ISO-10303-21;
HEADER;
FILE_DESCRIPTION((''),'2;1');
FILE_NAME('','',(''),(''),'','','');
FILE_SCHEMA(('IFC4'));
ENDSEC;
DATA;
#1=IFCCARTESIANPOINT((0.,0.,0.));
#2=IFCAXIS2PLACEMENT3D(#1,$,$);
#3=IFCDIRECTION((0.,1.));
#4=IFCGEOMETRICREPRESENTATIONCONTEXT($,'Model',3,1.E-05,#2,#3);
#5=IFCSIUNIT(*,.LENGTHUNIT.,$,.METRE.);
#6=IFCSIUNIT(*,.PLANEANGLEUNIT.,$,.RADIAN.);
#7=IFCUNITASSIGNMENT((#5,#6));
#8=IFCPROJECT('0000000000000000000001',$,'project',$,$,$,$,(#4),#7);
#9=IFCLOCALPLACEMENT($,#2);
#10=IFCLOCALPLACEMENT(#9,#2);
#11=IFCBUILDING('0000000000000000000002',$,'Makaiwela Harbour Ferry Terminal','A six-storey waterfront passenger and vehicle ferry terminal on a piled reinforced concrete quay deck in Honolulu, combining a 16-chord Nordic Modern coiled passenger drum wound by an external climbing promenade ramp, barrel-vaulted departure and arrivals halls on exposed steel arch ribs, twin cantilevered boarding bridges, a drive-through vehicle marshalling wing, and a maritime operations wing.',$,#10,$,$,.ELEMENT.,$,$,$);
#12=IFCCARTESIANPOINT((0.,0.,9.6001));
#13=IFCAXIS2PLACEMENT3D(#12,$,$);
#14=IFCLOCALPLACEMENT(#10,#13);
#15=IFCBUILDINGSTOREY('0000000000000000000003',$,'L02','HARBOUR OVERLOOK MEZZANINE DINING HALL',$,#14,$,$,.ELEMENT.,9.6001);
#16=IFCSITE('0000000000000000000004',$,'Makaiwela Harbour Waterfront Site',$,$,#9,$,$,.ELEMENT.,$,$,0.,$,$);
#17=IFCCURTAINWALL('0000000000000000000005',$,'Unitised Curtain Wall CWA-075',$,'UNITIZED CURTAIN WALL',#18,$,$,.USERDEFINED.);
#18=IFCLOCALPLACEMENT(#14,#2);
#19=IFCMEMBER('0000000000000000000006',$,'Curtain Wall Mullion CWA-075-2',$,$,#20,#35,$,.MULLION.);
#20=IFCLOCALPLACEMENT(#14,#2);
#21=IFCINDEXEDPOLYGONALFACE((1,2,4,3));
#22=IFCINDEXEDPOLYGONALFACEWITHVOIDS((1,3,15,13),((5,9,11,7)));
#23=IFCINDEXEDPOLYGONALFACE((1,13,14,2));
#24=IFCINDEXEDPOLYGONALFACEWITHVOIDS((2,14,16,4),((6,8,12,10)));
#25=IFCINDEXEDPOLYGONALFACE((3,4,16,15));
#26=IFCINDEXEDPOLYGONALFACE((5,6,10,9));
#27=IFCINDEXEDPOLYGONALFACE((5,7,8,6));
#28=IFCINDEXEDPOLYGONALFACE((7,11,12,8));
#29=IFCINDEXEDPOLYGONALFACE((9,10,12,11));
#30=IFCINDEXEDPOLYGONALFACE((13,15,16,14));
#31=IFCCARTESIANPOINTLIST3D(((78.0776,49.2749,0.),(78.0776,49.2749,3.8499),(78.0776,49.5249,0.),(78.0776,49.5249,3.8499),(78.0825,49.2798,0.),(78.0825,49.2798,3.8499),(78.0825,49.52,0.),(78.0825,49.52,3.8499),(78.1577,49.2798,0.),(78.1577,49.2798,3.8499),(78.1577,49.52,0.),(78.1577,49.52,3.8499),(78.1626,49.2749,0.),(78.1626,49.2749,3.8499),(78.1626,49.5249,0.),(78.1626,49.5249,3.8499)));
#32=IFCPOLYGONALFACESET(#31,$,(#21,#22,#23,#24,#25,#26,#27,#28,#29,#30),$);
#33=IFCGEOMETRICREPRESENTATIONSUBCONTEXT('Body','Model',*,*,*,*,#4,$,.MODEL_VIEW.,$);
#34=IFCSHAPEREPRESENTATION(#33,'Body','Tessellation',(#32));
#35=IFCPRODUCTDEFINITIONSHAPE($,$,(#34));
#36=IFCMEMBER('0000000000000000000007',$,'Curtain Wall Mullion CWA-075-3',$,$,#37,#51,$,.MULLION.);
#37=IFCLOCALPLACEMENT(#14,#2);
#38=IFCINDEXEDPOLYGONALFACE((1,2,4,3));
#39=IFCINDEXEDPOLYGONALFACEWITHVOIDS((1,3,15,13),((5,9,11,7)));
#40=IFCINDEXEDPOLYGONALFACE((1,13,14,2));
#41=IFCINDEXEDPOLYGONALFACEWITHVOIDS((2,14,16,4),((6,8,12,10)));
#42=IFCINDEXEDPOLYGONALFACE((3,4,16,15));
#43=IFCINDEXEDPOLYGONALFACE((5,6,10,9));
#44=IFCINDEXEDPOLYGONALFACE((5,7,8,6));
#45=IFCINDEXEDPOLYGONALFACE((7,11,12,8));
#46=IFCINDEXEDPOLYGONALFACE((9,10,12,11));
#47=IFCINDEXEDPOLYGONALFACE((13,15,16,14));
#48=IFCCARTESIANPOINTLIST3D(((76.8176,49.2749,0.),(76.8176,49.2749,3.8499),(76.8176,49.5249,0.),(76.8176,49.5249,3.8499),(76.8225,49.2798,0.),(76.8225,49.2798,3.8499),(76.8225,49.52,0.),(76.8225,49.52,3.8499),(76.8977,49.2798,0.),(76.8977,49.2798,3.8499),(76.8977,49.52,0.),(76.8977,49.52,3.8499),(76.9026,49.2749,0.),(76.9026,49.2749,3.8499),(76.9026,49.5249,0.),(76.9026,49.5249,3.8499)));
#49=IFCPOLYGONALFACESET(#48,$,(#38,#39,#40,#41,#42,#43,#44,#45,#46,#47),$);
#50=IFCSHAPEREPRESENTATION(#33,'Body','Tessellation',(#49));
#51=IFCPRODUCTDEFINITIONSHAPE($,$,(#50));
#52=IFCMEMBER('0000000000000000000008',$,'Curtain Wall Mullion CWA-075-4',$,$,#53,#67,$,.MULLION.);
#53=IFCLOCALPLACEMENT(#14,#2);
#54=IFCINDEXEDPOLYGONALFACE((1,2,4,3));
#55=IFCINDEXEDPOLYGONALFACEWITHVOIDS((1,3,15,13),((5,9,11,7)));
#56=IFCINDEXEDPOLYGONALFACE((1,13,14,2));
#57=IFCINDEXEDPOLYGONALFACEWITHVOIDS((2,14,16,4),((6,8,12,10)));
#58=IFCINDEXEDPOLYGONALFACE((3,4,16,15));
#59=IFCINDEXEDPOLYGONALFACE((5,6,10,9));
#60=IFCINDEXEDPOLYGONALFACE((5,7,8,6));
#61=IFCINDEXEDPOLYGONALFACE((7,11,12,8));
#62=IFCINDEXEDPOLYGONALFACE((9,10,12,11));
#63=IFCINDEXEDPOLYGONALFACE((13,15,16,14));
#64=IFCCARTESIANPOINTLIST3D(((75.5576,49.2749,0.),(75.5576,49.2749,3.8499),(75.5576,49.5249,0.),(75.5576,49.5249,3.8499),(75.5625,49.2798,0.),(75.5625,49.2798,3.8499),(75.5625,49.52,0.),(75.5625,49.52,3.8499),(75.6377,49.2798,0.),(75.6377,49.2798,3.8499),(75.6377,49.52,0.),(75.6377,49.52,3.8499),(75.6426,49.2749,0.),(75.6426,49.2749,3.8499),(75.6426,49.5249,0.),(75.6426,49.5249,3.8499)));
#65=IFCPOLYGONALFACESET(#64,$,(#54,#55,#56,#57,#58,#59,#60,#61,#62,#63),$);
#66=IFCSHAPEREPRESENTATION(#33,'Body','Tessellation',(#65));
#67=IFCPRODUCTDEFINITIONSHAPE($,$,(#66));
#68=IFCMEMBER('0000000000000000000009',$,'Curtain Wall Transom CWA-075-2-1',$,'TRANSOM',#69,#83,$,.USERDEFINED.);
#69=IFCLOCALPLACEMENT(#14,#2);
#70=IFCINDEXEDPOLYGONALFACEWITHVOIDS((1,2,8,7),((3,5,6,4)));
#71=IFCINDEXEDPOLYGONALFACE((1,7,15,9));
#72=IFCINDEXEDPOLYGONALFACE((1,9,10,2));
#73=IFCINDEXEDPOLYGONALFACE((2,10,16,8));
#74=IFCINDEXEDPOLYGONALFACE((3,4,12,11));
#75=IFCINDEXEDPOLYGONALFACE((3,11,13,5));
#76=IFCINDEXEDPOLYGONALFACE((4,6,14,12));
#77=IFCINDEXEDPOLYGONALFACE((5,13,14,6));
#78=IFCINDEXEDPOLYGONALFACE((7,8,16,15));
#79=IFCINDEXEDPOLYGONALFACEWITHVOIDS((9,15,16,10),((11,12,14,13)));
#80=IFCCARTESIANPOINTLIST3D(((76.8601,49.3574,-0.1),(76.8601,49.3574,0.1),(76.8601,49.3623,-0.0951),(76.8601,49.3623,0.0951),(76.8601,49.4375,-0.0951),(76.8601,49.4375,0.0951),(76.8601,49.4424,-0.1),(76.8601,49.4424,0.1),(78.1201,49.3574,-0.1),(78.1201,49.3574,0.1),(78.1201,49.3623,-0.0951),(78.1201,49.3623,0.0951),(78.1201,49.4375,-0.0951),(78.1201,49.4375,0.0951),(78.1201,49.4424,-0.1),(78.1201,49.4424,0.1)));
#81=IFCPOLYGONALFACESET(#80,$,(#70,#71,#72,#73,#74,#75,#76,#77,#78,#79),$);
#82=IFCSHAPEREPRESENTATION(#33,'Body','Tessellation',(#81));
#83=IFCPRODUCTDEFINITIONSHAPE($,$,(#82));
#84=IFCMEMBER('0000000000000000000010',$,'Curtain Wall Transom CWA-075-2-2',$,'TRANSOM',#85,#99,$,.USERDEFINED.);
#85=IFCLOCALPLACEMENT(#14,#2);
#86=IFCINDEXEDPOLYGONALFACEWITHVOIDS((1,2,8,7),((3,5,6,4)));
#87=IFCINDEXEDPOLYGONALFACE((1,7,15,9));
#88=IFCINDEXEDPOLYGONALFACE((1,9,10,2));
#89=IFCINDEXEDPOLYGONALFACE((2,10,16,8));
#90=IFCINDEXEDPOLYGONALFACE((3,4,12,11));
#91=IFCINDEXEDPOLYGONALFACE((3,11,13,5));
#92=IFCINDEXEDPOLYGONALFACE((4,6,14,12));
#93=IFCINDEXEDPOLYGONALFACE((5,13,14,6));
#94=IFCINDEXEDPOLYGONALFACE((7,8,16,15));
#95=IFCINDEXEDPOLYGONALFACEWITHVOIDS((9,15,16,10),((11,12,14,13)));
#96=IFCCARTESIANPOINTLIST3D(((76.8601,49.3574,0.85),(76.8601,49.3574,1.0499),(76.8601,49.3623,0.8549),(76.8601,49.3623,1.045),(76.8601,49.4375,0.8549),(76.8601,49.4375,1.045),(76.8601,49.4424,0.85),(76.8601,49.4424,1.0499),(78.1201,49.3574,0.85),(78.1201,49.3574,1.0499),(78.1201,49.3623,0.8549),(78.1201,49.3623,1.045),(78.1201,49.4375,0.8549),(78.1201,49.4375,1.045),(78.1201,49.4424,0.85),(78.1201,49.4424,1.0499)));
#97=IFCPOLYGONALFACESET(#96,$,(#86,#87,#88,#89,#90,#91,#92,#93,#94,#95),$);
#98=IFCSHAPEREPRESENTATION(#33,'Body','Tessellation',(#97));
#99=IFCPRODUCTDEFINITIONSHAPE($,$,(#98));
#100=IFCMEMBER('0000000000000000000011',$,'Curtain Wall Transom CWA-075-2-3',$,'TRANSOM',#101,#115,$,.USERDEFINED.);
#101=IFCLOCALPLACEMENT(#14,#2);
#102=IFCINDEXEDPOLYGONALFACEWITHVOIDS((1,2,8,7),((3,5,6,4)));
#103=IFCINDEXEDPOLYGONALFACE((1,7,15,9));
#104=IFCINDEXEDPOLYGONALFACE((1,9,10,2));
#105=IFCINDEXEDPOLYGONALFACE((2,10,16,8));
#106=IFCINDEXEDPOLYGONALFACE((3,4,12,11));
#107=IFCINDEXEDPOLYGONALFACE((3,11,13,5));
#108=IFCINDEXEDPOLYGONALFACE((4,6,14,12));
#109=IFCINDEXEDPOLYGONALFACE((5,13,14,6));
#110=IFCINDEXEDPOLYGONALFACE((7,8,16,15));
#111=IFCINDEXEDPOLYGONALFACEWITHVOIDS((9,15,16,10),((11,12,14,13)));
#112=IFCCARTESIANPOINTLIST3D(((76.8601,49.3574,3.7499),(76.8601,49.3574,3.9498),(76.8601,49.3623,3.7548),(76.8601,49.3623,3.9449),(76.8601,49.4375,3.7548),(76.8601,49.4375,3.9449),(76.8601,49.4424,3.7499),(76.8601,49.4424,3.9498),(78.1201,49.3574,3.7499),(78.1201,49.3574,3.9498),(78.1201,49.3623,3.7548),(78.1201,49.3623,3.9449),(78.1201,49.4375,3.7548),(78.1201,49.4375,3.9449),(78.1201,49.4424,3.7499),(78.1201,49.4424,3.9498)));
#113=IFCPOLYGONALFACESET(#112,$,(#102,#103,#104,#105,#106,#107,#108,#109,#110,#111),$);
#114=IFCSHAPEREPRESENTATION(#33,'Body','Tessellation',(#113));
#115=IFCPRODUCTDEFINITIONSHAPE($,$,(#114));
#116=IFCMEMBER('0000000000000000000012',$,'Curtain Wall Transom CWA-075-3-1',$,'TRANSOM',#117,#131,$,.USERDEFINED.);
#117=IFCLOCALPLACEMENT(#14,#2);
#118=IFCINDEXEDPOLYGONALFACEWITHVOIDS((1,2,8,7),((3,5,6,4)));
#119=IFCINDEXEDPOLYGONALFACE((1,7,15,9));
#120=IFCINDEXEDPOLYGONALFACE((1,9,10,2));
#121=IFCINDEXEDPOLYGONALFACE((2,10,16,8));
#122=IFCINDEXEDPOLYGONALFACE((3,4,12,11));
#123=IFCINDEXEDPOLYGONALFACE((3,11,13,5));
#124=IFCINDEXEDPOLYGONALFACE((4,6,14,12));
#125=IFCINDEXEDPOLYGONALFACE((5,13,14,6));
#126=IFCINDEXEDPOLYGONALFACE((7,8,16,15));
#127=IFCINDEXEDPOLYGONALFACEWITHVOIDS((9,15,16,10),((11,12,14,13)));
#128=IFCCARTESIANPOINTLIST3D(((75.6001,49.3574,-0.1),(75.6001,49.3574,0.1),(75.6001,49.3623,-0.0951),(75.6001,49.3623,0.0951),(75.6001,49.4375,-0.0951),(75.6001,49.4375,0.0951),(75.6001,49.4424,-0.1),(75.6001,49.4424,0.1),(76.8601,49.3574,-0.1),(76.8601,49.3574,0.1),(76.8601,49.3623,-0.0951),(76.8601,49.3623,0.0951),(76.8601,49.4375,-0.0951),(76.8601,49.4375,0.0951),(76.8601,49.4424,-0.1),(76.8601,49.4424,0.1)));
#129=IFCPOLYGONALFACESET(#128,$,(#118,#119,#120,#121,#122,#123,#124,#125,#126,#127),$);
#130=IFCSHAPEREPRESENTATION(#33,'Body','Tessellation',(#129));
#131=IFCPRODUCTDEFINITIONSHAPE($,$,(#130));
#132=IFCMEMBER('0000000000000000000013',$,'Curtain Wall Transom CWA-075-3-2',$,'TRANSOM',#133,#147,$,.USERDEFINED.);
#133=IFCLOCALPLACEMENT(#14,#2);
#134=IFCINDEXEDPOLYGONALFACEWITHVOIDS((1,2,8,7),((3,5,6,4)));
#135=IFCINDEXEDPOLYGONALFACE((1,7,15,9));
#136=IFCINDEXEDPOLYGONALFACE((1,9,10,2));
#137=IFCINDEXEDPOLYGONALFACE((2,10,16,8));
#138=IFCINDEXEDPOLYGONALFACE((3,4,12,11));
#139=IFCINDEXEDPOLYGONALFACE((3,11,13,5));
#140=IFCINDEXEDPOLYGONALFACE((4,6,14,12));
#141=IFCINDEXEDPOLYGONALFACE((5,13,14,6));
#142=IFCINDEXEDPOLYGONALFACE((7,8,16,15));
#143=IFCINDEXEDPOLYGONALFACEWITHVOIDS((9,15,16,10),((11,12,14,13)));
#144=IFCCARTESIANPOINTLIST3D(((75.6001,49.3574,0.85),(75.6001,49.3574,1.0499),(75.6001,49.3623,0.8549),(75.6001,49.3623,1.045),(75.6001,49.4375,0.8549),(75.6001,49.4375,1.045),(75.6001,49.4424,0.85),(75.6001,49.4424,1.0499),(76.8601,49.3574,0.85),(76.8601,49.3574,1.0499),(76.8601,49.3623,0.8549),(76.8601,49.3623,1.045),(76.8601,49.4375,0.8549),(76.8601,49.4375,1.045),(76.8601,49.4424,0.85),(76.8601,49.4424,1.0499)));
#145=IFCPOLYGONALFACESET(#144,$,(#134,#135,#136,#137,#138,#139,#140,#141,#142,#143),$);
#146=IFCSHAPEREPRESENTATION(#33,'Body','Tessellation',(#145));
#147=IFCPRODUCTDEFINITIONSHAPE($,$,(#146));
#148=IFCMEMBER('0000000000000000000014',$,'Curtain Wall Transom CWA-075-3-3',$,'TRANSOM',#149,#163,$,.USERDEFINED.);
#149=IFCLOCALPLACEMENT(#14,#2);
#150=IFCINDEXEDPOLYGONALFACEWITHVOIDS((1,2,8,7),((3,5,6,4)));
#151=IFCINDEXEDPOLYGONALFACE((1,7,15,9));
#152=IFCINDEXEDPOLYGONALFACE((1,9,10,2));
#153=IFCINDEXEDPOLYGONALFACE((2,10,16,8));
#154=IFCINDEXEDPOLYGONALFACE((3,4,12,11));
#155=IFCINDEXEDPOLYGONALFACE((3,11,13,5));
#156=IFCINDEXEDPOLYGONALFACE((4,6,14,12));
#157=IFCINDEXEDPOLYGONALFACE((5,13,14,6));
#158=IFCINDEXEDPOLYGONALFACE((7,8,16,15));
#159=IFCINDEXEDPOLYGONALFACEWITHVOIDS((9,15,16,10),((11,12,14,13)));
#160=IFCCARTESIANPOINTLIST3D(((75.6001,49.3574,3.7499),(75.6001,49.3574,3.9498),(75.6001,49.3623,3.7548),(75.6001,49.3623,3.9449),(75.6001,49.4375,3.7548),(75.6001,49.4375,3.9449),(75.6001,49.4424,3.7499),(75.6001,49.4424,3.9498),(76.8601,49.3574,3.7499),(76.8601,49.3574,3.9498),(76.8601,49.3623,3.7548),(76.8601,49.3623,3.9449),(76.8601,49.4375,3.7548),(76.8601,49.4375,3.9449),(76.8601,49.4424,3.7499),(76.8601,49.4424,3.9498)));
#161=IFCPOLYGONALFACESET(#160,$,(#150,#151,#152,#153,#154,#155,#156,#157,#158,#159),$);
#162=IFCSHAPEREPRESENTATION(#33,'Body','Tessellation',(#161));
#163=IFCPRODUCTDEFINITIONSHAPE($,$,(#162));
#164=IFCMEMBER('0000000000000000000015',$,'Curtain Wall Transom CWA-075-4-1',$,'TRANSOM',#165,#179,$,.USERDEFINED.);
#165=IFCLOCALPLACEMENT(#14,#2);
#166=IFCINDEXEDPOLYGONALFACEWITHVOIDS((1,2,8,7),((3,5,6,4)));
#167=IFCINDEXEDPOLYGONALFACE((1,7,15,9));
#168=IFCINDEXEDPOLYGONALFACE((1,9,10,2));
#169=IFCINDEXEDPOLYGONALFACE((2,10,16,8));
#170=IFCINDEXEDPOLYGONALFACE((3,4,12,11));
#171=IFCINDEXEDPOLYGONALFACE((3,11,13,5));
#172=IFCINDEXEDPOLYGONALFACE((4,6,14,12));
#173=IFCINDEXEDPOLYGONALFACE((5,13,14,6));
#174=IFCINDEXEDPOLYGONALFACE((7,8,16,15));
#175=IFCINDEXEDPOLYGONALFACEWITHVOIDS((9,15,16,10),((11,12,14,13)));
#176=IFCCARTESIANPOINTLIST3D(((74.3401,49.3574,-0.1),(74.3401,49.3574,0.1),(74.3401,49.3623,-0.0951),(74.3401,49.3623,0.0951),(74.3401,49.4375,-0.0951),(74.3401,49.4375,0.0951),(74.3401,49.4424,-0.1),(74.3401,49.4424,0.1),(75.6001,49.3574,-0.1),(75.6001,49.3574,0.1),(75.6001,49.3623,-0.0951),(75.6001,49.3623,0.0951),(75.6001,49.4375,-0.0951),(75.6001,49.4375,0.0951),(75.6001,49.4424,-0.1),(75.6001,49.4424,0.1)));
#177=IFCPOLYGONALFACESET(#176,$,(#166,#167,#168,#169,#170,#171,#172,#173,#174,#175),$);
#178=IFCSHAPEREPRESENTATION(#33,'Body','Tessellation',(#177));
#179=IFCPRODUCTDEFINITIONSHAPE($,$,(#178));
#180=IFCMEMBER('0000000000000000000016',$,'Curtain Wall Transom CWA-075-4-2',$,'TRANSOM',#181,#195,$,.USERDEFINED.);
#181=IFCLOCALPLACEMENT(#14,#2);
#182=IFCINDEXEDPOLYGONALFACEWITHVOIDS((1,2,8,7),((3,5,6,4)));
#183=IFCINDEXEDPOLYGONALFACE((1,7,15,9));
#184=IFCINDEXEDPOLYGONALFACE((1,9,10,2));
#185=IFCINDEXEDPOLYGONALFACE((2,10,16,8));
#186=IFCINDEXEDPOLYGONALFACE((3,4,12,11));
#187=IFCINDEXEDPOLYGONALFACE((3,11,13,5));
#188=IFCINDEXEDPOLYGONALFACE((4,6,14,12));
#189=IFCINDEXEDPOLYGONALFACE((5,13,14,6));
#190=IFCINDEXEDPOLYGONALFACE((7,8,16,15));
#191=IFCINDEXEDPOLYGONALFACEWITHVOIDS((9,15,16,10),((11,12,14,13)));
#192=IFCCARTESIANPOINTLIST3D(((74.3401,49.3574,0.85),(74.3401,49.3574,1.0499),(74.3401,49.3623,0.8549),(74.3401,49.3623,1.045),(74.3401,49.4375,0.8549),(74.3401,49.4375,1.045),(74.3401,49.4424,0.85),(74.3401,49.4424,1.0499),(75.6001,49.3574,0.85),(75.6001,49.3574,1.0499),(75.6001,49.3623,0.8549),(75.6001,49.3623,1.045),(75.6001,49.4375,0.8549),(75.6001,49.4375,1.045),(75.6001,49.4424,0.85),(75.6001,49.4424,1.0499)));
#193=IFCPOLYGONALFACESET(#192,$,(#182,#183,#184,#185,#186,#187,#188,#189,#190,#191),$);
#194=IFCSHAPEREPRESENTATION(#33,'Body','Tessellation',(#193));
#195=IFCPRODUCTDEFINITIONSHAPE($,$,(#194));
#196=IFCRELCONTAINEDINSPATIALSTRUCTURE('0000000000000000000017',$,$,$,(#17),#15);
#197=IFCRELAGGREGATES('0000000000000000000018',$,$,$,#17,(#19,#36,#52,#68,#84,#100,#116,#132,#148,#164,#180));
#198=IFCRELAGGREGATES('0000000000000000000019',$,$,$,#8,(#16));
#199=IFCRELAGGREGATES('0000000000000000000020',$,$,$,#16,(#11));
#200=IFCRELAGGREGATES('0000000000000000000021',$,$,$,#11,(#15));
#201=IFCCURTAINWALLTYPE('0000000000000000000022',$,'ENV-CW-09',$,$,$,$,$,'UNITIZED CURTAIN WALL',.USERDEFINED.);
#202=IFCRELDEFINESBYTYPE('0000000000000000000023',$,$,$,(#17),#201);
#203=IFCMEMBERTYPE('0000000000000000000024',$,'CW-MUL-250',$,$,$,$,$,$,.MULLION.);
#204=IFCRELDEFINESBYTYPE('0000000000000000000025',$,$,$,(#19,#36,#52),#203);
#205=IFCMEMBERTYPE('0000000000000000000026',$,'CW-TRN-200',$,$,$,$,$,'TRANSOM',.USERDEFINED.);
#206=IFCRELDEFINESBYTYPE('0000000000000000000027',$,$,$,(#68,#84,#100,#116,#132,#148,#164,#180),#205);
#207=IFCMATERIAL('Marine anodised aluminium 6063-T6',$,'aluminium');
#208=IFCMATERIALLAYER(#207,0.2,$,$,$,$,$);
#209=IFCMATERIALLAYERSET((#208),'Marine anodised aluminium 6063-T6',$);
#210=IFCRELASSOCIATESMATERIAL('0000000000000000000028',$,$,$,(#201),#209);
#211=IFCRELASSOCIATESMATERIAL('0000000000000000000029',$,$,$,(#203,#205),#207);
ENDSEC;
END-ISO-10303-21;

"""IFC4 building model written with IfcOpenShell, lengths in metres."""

from ifc_helpers import new_model, si_unit, direction, frame, origin, origin_2d, place, context, subcontext, project, spatial, hollow_rectangle, extrude, material, layer, layer_set, material_profile, profile_set, type_object, element, aggregate, save


model = new_model("IFC4")

# Units and contexts
model_context = context("Model", 3, precision=1e-05, world=origin(), true_north=direction((0.0, 1.0)))
body_context = subcontext(model_context, "Body", "Model", "MODEL_VIEW")
ifc_project = project(units=[si_unit("LENGTHUNIT", "METRE"), si_unit("PLANEANGLEUNIT", "RADIAN")], contexts=[model_context])

# Site, building, storey
site_placement = place(None, origin())
site = spatial("IfcSite", under=ifc_project, at=site_placement, Name="Makaiwela Harbour Waterfront Site", CompositionType="ELEMENT", RefElevation=0.0)
building_placement = place(site_placement, origin())
building = spatial("IfcBuilding", under=site, at=building_placement, Name="Makaiwela Harbour Ferry Terminal", Description="A six-storey waterfront passenger and vehicle ferry terminal on a piled reinforced concrete quay deck in Honolulu, combining a 16-chord Nordic Modern coiled passenger drum wound by an external climbing promenade ramp, barrel-vaulted departure and arrivals halls on exposed steel arch ribs, twin cantilevered boarding bridges, a drive-through vehicle marshalling wing, and a maritime operations wing.", CompositionType="ELEMENT")
storey_placement = place(building_placement, frame((0.0, 0.0, 9.6001)))
storey = spatial("IfcBuildingStorey", under=building, at=storey_placement, Name="L02", Description="HARBOUR OVERLOOK MEZZANINE DINING HALL", CompositionType="ELEMENT", Elevation=9.6001)

# Curtain wall, members
ifc_material_1 = material(Name="Marine anodised aluminium 6063-T6", Category="aluminium")
ifc_layer_1 = layer(ifc_material_1, 0.2)
ifc_layer_set_1 = layer_set([ifc_layer_1], Name="Marine anodised aluminium 6063-T6")
curtain_wall_type = type_object("IfcCurtainWallType", Name="ENV-CW-09", ElementType="UNITIZED CURTAIN WALL", PredefinedType="USERDEFINED", material=ifc_layer_set_1)
curtain_wall_placement = place(storey_placement, origin())
curtain_wall = element("IfcCurtainWall", 1, at=curtain_wall_placement, inside=storey, type_object=curtain_wall_type, Name="Unitised Curtain Wall CWA-075", ObjectType="UNITIZED CURTAIN WALL", PredefinedType="USERDEFINED")
ifc_material_profile_1 = material_profile(ifc_material_1, hollow_rectangle(XDim=0.085, YDim=0.25, WallThickness=0.0049, at=origin_2d()), Name="CWM-250X85")
ifc_profile_set_1 = profile_set([ifc_material_profile_1], Name="Marine anodised aluminium 6063-T6")
member_type_1 = type_object("IfcMemberType", Name="CW-MUL-250", PredefinedType="MULLION", material=ifc_profile_set_1)
member_1_placement = place(storey_placement, frame((78.1201, 49.3999, 0.0), z_axis=(0.0, 0.0, 1.0), x_axis=(1.0, 0.0, 0.0)))
member_1 = element("IfcMember", 2, at=member_1_placement, type_object=member_type_1, Name="Curtain Wall Mullion CWA-075-2", PredefinedType="MULLION", context=body_context, shape_type="SweptSolid", body=[
    extrude(hollow_rectangle(XDim=0.085, YDim=0.25, WallThickness=0.0049, at=origin_2d()), origin(), (0.0, 0.0, 1.0), 3.8499),
])
member_2_placement = place(storey_placement, frame((76.8601, 49.3999, 0.0), z_axis=(0.0, 0.0, 1.0), x_axis=(1.0, 0.0, 0.0)))
member_2 = element("IfcMember", 3, at=member_2_placement, type_object=member_type_1, Name="Curtain Wall Mullion CWA-075-3", PredefinedType="MULLION", context=body_context, shape_type="SweptSolid", body=[
    extrude(hollow_rectangle(XDim=0.085, YDim=0.25, WallThickness=0.0049, at=origin_2d()), origin(), (0.0, 0.0, 1.0), 3.8499),
])
member_3_placement = place(storey_placement, frame((75.6001, 49.3999, 0.0), z_axis=(0.0, 0.0, 1.0), x_axis=(1.0, 0.0, 0.0)))
member_3 = element("IfcMember", 4, at=member_3_placement, type_object=member_type_1, Name="Curtain Wall Mullion CWA-075-4", PredefinedType="MULLION", context=body_context, shape_type="SweptSolid", body=[
    extrude(hollow_rectangle(XDim=0.085, YDim=0.25, WallThickness=0.0049, at=origin_2d()), origin(), (0.0, 0.0, 1.0), 3.8499),
])
ifc_material_profile_2 = material_profile(ifc_material_1, hollow_rectangle(XDim=0.085, YDim=0.2, WallThickness=0.0049, at=origin_2d()), Name="CWT-200X85")
ifc_profile_set_2 = profile_set([ifc_material_profile_2], Name="Marine anodised aluminium 6063-T6")
member_type_2 = type_object("IfcMemberType", Name="CW-TRN-200", ElementType="TRANSOM", PredefinedType="USERDEFINED", material=ifc_profile_set_2)
member_4_placement = place(storey_placement, frame((78.1201, 49.3999, 0.0), z_axis=(-1.0, 0.0, 0.0), x_axis=(0.0, -1.0, 0.0)))
member_4 = element("IfcMember", 5, at=member_4_placement, type_object=member_type_2, Name="Curtain Wall Transom CWA-075-2-1", ObjectType="TRANSOM", PredefinedType="USERDEFINED", context=body_context, shape_type="SweptSolid", body=[
    extrude(hollow_rectangle(XDim=0.085, YDim=0.2, WallThickness=0.0049, at=origin_2d()), origin(), (0.0, 0.0, 1.0), 1.26),
])
member_5_placement = place(storey_placement, frame((78.1201, 49.3999, 0.95), z_axis=(-1.0, 0.0, 0.0), x_axis=(0.0, -1.0, 0.0)))
member_5 = element("IfcMember", 6, at=member_5_placement, type_object=member_type_2, Name="Curtain Wall Transom CWA-075-2-2", ObjectType="TRANSOM", PredefinedType="USERDEFINED", context=body_context, shape_type="SweptSolid", body=[
    extrude(hollow_rectangle(XDim=0.085, YDim=0.2, WallThickness=0.0049, at=origin_2d()), origin(), (0.0, 0.0, 1.0), 1.26),
])
member_6_placement = place(storey_placement, frame((78.1201, 49.3999, 3.8499), z_axis=(-1.0, 0.0, 0.0), x_axis=(0.0, -1.0, 0.0)))
member_6 = element("IfcMember", 7, at=member_6_placement, type_object=member_type_2, Name="Curtain Wall Transom CWA-075-2-3", ObjectType="TRANSOM", PredefinedType="USERDEFINED", context=body_context, shape_type="SweptSolid", body=[
    extrude(hollow_rectangle(XDim=0.085, YDim=0.2, WallThickness=0.0049, at=origin_2d()), origin(), (0.0, 0.0, 1.0), 1.26),
])
member_7_placement = place(storey_placement, frame((76.8601, 49.3999, 0.0), z_axis=(-1.0, 0.0, 0.0), x_axis=(0.0, -1.0, 0.0)))
member_7 = element("IfcMember", 8, at=member_7_placement, type_object=member_type_2, Name="Curtain Wall Transom CWA-075-3-1", ObjectType="TRANSOM", PredefinedType="USERDEFINED", context=body_context, shape_type="SweptSolid", body=[
    extrude(hollow_rectangle(XDim=0.085, YDim=0.2, WallThickness=0.0049, at=origin_2d()), origin(), (0.0, 0.0, 1.0), 1.26),
])
member_8_placement = place(storey_placement, frame((76.8601, 49.3999, 0.95), z_axis=(-1.0, 0.0, 0.0), x_axis=(0.0, -1.0, 0.0)))
member_8 = element("IfcMember", 9, at=member_8_placement, type_object=member_type_2, Name="Curtain Wall Transom CWA-075-3-2", ObjectType="TRANSOM", PredefinedType="USERDEFINED", context=body_context, shape_type="SweptSolid", body=[
    extrude(hollow_rectangle(XDim=0.085, YDim=0.2, WallThickness=0.0049, at=origin_2d()), origin(), (0.0, 0.0, 1.0), 1.26),
])
member_9_placement = place(storey_placement, frame((76.8601, 49.3999, 3.8499), z_axis=(-1.0, 0.0, 0.0), x_axis=(0.0, -1.0, 0.0)))
member_9 = element("IfcMember", 10, at=member_9_placement, type_object=member_type_2, Name="Curtain Wall Transom CWA-075-3-3", ObjectType="TRANSOM", PredefinedType="USERDEFINED", context=body_context, shape_type="SweptSolid", body=[
    extrude(hollow_rectangle(XDim=0.085, YDim=0.2, WallThickness=0.0049, at=origin_2d()), origin(), (0.0, 0.0, 1.0), 1.26),
])
member_10_placement = place(storey_placement, frame((75.6001, 49.3999, 0.0), z_axis=(-1.0, 0.0, 0.0), x_axis=(0.0, -1.0, 0.0)))
member_10 = element("IfcMember", 11, at=member_10_placement, type_object=member_type_2, Name="Curtain Wall Transom CWA-075-4-1", ObjectType="TRANSOM", PredefinedType="USERDEFINED", context=body_context, shape_type="SweptSolid", body=[
    extrude(hollow_rectangle(XDim=0.085, YDim=0.2, WallThickness=0.0049, at=origin_2d()), origin(), (0.0, 0.0, 1.0), 1.26),
])
member_11_placement = place(storey_placement, frame((75.6001, 49.3999, 0.95), z_axis=(-1.0, 0.0, 0.0), x_axis=(0.0, -1.0, 0.0)))
member_11 = element("IfcMember", 12, at=member_11_placement, type_object=member_type_2, Name="Curtain Wall Transom CWA-075-4-2", ObjectType="TRANSOM", PredefinedType="USERDEFINED", context=body_context, shape_type="SweptSolid", body=[
    extrude(hollow_rectangle(XDim=0.085, YDim=0.2, WallThickness=0.0049, at=origin_2d()), origin(), (0.0, 0.0, 1.0), 1.26),
])

aggregate(curtain_wall, [member_1, member_2, member_3, member_4, member_5, member_6, member_7, member_8, member_9, member_10, member_11])

save(model, "model.ifc")
